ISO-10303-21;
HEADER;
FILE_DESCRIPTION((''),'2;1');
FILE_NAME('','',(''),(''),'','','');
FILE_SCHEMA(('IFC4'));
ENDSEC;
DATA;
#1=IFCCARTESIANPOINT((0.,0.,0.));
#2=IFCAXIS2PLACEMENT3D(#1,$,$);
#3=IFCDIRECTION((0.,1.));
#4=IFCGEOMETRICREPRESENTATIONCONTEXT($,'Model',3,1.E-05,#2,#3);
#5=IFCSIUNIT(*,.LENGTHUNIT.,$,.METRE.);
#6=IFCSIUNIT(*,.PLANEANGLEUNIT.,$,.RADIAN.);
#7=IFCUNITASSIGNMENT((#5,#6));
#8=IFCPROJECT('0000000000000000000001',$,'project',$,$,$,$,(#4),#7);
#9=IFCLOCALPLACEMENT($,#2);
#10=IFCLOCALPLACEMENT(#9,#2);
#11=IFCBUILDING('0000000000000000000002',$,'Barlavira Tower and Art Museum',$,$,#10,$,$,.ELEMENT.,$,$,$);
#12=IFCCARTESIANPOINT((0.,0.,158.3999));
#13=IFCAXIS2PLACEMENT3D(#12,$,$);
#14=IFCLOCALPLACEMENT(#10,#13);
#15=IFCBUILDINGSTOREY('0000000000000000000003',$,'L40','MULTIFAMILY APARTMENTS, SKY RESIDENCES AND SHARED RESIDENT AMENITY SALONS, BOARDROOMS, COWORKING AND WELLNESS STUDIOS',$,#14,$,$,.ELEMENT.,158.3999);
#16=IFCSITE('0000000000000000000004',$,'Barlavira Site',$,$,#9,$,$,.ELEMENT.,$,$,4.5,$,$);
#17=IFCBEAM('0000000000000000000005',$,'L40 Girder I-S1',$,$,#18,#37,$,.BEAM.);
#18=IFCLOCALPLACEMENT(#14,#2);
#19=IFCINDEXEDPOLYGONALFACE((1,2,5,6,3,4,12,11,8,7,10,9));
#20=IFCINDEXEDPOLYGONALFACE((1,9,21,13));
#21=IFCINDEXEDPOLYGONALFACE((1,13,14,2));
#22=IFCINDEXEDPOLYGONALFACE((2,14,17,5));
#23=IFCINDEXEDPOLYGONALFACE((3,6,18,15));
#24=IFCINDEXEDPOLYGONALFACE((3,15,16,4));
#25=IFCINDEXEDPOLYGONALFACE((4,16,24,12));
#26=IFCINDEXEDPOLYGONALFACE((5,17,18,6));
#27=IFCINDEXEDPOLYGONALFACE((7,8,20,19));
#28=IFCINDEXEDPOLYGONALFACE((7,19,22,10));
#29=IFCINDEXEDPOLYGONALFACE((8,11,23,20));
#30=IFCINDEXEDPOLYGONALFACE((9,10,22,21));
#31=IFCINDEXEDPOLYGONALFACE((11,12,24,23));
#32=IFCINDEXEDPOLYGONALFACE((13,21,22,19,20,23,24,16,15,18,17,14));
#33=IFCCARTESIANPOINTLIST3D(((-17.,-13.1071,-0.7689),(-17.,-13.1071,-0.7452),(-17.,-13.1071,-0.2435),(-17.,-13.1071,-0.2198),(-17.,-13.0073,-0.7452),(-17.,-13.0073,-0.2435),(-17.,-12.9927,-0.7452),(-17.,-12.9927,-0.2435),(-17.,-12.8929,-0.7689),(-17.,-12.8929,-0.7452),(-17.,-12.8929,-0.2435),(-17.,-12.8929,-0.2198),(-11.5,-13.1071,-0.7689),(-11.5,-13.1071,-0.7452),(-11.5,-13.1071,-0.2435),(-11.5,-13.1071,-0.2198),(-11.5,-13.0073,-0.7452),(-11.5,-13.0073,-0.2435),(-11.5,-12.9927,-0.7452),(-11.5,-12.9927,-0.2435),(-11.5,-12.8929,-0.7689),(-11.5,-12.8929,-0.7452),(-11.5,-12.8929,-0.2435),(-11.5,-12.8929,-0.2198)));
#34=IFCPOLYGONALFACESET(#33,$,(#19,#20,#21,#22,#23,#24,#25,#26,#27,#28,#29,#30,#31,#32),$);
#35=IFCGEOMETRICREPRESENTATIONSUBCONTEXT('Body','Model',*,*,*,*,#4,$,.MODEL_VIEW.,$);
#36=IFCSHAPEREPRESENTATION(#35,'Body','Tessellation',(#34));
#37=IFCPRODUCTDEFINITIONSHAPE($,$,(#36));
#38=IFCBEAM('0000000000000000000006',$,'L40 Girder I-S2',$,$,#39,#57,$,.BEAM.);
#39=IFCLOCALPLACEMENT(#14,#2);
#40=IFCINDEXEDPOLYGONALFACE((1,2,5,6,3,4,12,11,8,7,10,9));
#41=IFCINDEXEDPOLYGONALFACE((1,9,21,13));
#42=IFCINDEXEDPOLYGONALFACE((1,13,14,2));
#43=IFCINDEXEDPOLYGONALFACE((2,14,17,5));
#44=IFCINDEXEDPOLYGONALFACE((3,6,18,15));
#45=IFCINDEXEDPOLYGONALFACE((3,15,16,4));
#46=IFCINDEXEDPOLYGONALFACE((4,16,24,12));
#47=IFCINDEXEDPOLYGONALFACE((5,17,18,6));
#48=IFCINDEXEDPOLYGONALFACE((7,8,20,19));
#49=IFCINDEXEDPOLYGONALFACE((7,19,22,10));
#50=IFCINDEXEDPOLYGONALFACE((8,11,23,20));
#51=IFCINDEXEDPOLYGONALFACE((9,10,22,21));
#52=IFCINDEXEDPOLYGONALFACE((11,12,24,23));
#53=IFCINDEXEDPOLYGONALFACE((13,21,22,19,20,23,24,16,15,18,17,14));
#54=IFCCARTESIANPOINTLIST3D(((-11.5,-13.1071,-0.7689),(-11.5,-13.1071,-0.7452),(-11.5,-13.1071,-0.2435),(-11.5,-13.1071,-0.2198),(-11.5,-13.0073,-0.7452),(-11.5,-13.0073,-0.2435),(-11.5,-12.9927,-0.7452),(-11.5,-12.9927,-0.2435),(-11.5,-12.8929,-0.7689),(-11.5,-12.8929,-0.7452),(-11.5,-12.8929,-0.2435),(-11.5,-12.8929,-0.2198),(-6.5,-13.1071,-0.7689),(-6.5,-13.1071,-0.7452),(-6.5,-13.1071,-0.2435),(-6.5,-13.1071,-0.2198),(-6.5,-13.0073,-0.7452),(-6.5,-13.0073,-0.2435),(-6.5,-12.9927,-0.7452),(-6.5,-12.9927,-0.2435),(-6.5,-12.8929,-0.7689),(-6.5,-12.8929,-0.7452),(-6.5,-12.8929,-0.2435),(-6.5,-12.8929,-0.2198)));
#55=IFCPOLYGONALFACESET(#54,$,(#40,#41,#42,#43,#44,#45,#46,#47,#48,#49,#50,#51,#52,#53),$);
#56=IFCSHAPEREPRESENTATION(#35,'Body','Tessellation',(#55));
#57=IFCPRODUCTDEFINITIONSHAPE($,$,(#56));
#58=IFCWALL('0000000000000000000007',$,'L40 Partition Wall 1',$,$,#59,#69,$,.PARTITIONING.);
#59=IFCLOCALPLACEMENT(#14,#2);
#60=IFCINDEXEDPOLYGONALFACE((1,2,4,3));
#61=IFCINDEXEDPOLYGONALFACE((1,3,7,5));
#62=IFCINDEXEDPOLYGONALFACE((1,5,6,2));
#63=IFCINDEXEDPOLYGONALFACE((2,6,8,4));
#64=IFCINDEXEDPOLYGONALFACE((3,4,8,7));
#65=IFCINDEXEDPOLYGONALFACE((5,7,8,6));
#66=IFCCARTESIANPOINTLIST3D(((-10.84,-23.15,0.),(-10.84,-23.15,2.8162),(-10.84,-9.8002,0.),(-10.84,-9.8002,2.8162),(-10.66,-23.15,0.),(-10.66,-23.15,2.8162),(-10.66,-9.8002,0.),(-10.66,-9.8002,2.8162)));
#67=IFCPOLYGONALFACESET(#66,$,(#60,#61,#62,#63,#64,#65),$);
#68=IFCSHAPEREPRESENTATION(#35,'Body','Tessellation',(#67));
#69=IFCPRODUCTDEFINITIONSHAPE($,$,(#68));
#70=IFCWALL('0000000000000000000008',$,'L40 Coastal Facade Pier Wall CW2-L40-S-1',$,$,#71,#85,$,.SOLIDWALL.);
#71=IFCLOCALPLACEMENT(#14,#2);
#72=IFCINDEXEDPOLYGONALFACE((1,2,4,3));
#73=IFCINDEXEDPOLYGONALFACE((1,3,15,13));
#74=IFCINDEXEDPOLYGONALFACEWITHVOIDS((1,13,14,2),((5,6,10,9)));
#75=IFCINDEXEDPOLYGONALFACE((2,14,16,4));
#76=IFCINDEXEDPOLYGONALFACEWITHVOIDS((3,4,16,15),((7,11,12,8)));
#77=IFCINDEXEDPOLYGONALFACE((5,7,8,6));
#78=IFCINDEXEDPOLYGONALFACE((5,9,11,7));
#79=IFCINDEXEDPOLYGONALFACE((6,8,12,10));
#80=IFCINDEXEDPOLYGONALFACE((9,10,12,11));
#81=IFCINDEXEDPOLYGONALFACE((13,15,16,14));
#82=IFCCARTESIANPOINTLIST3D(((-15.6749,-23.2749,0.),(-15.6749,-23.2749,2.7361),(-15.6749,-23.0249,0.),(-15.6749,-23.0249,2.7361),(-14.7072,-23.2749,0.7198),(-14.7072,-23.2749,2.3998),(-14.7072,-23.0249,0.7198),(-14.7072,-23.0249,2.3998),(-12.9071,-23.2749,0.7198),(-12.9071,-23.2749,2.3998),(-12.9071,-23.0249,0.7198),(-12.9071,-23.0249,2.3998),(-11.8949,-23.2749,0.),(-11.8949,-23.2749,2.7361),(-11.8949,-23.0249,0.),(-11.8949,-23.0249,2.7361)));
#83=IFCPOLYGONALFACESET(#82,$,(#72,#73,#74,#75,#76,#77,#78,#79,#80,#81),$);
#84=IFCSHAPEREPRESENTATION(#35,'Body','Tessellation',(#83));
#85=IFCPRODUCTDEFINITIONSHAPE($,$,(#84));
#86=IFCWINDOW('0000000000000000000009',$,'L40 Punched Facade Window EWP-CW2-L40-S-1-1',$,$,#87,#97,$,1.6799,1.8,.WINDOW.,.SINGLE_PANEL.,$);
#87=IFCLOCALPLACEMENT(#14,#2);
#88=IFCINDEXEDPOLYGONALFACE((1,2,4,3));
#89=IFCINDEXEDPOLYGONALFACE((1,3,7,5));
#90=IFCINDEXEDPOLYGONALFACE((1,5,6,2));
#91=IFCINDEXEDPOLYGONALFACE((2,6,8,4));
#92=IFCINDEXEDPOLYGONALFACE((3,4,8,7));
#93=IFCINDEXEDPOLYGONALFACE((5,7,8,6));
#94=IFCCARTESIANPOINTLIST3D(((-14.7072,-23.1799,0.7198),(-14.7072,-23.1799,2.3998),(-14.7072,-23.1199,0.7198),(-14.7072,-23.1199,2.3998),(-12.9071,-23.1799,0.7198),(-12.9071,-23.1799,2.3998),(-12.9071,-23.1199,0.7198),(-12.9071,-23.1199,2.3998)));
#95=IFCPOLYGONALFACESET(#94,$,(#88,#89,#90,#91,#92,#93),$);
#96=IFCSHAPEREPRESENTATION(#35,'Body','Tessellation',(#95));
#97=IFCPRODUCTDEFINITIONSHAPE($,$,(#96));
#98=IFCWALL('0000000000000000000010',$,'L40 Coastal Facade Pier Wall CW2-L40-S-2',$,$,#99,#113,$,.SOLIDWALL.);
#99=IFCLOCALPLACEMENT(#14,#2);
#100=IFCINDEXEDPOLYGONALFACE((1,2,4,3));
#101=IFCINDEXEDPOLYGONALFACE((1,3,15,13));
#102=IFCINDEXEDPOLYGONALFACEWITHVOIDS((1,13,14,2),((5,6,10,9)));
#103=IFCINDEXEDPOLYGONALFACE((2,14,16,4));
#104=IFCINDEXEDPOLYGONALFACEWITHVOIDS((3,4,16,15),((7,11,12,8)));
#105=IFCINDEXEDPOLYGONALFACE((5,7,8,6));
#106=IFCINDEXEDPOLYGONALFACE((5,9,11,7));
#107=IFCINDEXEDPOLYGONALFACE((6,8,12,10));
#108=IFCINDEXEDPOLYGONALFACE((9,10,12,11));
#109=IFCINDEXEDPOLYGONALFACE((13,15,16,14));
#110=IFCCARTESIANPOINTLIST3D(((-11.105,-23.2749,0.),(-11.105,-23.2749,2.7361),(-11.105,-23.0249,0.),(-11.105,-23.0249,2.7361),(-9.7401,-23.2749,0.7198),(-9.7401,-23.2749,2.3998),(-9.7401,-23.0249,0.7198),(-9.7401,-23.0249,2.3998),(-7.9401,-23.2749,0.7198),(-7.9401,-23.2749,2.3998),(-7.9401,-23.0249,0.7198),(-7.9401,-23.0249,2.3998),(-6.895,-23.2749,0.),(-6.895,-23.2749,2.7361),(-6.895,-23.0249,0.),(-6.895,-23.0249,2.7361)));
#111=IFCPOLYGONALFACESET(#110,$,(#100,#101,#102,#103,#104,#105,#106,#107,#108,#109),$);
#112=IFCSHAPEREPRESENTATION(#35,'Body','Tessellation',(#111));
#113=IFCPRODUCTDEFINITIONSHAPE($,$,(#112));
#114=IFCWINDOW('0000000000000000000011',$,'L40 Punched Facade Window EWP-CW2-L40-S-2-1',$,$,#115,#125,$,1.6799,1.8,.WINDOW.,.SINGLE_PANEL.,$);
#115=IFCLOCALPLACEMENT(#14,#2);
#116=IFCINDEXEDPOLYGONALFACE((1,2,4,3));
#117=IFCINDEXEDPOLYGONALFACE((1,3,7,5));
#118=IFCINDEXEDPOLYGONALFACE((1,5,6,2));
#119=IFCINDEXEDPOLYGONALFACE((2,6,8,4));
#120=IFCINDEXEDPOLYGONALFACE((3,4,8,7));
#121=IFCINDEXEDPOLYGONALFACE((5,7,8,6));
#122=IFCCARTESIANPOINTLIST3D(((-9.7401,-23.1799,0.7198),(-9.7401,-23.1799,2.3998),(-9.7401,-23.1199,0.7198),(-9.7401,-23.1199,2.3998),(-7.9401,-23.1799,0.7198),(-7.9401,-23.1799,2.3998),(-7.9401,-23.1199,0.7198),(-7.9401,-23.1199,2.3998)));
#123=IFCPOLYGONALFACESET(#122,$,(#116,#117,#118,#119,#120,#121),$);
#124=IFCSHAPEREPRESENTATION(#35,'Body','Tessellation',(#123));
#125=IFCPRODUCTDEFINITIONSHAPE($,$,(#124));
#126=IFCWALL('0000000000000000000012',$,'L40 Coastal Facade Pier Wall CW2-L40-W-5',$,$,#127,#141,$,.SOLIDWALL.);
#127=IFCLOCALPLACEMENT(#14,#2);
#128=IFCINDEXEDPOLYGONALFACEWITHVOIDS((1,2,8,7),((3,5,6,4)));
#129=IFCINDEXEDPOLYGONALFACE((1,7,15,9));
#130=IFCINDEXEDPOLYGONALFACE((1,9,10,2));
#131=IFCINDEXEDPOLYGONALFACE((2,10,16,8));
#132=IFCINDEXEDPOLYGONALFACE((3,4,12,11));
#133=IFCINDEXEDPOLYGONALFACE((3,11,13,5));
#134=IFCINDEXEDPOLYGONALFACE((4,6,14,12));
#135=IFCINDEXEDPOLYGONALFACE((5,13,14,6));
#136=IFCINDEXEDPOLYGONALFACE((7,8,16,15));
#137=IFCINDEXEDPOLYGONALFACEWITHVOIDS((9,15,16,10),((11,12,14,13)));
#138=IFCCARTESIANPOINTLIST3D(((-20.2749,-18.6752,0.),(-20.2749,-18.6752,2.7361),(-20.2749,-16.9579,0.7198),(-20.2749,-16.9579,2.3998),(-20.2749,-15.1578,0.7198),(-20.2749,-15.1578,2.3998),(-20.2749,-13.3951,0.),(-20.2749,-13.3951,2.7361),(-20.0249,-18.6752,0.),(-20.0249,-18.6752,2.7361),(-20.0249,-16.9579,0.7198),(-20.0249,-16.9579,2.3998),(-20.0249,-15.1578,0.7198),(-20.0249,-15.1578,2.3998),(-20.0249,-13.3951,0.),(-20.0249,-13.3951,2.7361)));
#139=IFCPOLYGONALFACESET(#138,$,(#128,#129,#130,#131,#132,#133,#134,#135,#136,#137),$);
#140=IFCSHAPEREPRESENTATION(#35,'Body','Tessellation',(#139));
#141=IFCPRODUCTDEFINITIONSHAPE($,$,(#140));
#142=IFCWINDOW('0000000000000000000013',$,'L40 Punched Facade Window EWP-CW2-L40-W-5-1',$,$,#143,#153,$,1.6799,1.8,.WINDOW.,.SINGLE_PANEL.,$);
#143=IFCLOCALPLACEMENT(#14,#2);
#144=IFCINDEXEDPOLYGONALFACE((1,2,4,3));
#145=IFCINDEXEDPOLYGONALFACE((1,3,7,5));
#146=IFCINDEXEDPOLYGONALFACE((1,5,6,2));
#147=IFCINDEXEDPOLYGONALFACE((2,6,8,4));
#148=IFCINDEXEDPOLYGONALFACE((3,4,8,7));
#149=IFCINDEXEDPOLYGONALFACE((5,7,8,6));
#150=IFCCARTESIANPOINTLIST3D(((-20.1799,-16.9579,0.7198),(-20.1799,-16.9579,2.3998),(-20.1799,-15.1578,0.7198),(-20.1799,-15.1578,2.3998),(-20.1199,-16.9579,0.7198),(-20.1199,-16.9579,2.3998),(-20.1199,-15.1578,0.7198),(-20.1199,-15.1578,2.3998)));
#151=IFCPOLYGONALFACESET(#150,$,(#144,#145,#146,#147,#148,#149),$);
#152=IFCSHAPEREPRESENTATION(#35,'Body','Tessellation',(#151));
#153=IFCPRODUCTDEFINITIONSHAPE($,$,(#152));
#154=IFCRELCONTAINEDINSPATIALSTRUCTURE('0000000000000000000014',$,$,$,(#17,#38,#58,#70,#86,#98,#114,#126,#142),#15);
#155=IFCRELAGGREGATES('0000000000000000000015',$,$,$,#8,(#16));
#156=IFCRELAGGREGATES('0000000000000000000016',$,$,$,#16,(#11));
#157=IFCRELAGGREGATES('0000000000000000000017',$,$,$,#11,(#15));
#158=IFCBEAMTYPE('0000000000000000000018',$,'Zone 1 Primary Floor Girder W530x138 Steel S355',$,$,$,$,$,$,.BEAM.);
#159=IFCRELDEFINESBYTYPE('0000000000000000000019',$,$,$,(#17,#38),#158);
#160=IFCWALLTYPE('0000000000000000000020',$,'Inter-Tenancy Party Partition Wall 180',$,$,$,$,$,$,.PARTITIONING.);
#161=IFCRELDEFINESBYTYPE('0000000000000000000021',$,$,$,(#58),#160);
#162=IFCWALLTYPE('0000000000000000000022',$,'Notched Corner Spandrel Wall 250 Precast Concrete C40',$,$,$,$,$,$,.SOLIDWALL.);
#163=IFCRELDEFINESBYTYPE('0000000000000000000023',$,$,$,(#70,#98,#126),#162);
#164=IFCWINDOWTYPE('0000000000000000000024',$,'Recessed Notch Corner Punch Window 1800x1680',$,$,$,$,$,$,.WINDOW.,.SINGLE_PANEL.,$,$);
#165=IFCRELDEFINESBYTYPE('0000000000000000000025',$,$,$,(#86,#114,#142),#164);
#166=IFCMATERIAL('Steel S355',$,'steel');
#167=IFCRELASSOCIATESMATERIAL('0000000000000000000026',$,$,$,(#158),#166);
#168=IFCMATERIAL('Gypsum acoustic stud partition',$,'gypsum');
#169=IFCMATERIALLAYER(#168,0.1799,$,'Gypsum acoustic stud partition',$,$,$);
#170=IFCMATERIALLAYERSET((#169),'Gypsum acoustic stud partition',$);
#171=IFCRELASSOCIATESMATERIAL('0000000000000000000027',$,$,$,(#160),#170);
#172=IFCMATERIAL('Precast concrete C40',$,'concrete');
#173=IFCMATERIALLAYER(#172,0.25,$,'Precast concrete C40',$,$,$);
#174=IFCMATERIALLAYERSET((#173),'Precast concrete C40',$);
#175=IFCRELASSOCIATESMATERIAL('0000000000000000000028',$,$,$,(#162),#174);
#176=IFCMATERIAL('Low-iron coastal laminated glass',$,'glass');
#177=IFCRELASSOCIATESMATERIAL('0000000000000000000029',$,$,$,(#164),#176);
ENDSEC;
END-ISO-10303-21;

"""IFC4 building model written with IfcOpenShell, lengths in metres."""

from ifc_helpers import new_model, si_unit, direction, frame, frame_2d, origin, origin_2d, place, context, subcontext, project, spatial, rectangle, i_section, extrude, material, layer, layer_set, material_profile, profile_set, type_object, element, fill, save


model = new_model("IFC4")

# Units and contexts
model_context = context("Model", 3, precision=1e-05, world=origin(), true_north=direction((0.0, 1.0)))
body_context = subcontext(model_context, "Body", "Model", "MODEL_VIEW")
ifc_project = project(units=[si_unit("LENGTHUNIT", "METRE"), si_unit("PLANEANGLEUNIT", "RADIAN")], contexts=[model_context])

# Site, building, storey
site_placement = place(None, origin())
site = spatial("IfcSite", under=ifc_project, at=site_placement, Name="Barlavira Site", CompositionType="ELEMENT", RefElevation=4.5)
building_placement = place(site_placement, origin())
building = spatial("IfcBuilding", under=site, at=building_placement, Name="Barlavira Tower and Art Museum", CompositionType="ELEMENT")
storey_placement = place(building_placement, frame((0.0, 0.0, 158.3999)))
storey = spatial("IfcBuildingStorey", under=building, at=storey_placement, Name="L40", Description="MULTIFAMILY APARTMENTS, SKY RESIDENCES AND SHARED RESIDENT AMENITY SALONS, BOARDROOMS, COWORKING AND WELLNESS STUDIOS", CompositionType="ELEMENT", Elevation=158.3999)

# Beams
ifc_material_1 = material(Name="Steel S355", Category="steel")
ifc_material_profile_1 = material_profile(ifc_material_1, i_section(OverallWidth=0.2141, OverallDepth=0.5491, WebThickness=0.0146, FlangeThickness=0.0237, at=origin_2d()), Name="W530x138.0")
ifc_profile_set_1 = profile_set([ifc_material_profile_1], Name="Steel S355")
beam_type_1 = type_object("IfcBeamType", Name="Zone 1 Primary Floor Girder W530x138 Steel S355", PredefinedType="BEAM", material=ifc_profile_set_1)
for number, where, z_axis, x_axis, name in (
    (1, (-17.0, -13.0, -0.4944), (1.0, 0.0, 0.0), (0.0, 1.0, 0.0), "L40 Girder I-S1"),
):
    element("IfcBeam", number, at=place(storey_placement, frame(where, z_axis=z_axis, x_axis=x_axis)), inside=storey, type_object=beam_type_1, Name=name, PredefinedType="BEAM", context=body_context, shape_type="SweptSolid", body=[
        extrude(i_section(OverallWidth=0.2141, OverallDepth=0.5491, WebThickness=0.0146, FlangeThickness=0.0237, at=origin_2d()), origin(), (0.0, 0.0, 1.0), 5.5),
    ])
beam_1_placement = place(storey_placement, frame((-11.5, -13.0, -0.4944), z_axis=(1.0, 0.0, 0.0), x_axis=(0.0, 1.0, 0.0)))
element("IfcBeam", 2, at=beam_1_placement, inside=storey, type_object=beam_type_1, Name="L40 Girder I-S2", PredefinedType="BEAM", context=body_context, shape_type="SweptSolid", body=[
    extrude(i_section(OverallWidth=0.2141, OverallDepth=0.5491, WebThickness=0.0146, FlangeThickness=0.0237, at=origin_2d()), origin(), (0.0, 0.0, 1.0), 5.0),
])

# Wall
ifc_material_2 = material(Name="Gypsum acoustic stud partition", Category="gypsum")
ifc_layer_1 = layer(ifc_material_2, 0.1799, Name="Gypsum acoustic stud partition")
ifc_layer_set_1 = layer_set([ifc_layer_1], Name="Gypsum acoustic stud partition")
wall_type_1 = type_object("IfcWallType", Name="Inter-Tenancy Party Partition Wall 180", PredefinedType="PARTITIONING", material=ifc_layer_set_1)
wall_1_placement = place(storey_placement, frame((-10.75, -23.1499, 0.0), z_axis=(0.0, 0.0, 1.0), x_axis=(0.0, 1.0, 0.0)))
element("IfcWall", 3, at=wall_1_placement, inside=storey, type_object=wall_type_1, Name="L40 Partition Wall 1", PredefinedType="PARTITIONING", context=body_context, shape_type="SweptSolid", body=[
    extrude(rectangle(XDim=13.3499, YDim=0.1799, at=frame_2d((6.6748, 0.0))), origin(), (0.0, 0.0, 1.0), 2.8162),
])

# Walls, openings, windows
ifc_material_3 = material(Name="Precast concrete C40", Category="concrete")
ifc_layer_2 = layer(ifc_material_3, 0.25, Name="Precast concrete C40")
ifc_layer_set_2 = layer_set([ifc_layer_2], Name="Precast concrete C40")
wall_type_2 = type_object("IfcWallType", Name="Notched Corner Spandrel Wall 250 Precast Concrete C40", PredefinedType="SOLIDWALL", material=ifc_layer_set_2)
wall_2_placement = place(storey_placement, frame((-15.675, -23.1499, 0.0), z_axis=(0.0, 0.0, 1.0), x_axis=(1.0, 0.0, 0.0)))
wall_2 = element("IfcWall", 4, at=wall_2_placement, inside=storey, type_object=wall_type_2, Name="L40 Coastal Facade Pier Wall CW2-L40-S-1", PredefinedType="SOLIDWALL", context=body_context, shape_type="SweptSolid", body=[
    extrude(rectangle(XDim=3.78, YDim=0.25, at=frame_2d((1.8901, 0.0))), origin(), (0.0, 0.0, 1.0), 2.7361),
])
opening_1_placement = place(wall_2_placement, frame((0.968, 0.0, 0.72)))
opening_1 = element("IfcOpeningElement", 5, at=opening_1_placement, cuts=wall_2, PredefinedType="OPENING", context=body_context, shape_type="SweptSolid", body=[
    extrude(rectangle(XDim=1.8, YDim=1.6799, at=frame_2d((0.8999, 0.8398))), frame((0.0, 0.135, 0.0), z_axis=(0.0, -1.0, 0.0), x_axis=(1.0, 0.0, 0.0)), (0.0, 0.0, 1.0), 0.27),
])
ifc_material_4 = material(Name="Low-iron coastal laminated glass", Category="glass")
window_type = type_object("IfcWindowType", Name="Recessed Notch Corner Punch Window 1800x1680", PartitioningType="SINGLE_PANEL", PredefinedType="WINDOW", material=ifc_material_4)
window_1_placement = place(opening_1_placement, origin())
window_1 = element("IfcWindow", 6, at=window_1_placement, inside=storey, type_object=window_type, Name="L40 Punched Facade Window EWP-CW2-L40-S-1-1", OverallHeight=1.6799, OverallWidth=1.8, PartitioningType="SINGLE_PANEL", PredefinedType="WINDOW", context=body_context, shape_type="SweptSolid", body=[
    extrude(rectangle(XDim=1.8, YDim=1.6799, at=frame_2d((0.8999, 0.8398))), frame((0.0, 0.03, 0.0), z_axis=(0.0, -1.0, 0.0), x_axis=(1.0, 0.0, 0.0)), (0.0, 0.0, 1.0), 0.0601),
])
fill(opening_1, window_1)
wall_3_placement = place(storey_placement, frame((-11.105, -23.1499, 0.0), z_axis=(0.0, 0.0, 1.0), x_axis=(1.0, 0.0, 0.0)))
wall_3 = element("IfcWall", 7, at=wall_3_placement, inside=storey, type_object=wall_type_2, Name="L40 Coastal Facade Pier Wall CW2-L40-S-2", PredefinedType="SOLIDWALL", context=body_context, shape_type="SweptSolid", body=[
    extrude(rectangle(XDim=4.21, YDim=0.25, at=frame_2d((2.105, 0.0))), origin(), (0.0, 0.0, 1.0), 2.7361),
])
opening_2_placement = place(wall_3_placement, frame((1.365, 0.0, 0.72)))
opening_2 = element("IfcOpeningElement", 8, at=opening_2_placement, cuts=wall_3, PredefinedType="OPENING", context=body_context, shape_type="SweptSolid", body=[
    extrude(rectangle(XDim=1.8, YDim=1.6799, at=frame_2d((0.8999, 0.8398))), frame((0.0, 0.135, 0.0), z_axis=(0.0, -1.0, 0.0), x_axis=(1.0, 0.0, 0.0)), (0.0, 0.0, 1.0), 0.27),
])
window_2_placement = place(opening_2_placement, origin())
window_2 = element("IfcWindow", 9, at=window_2_placement, inside=storey, type_object=window_type, Name="L40 Punched Facade Window EWP-CW2-L40-S-2-1", OverallHeight=1.6799, OverallWidth=1.8, PartitioningType="SINGLE_PANEL", PredefinedType="WINDOW", context=body_context, shape_type="SweptSolid", body=[
    extrude(rectangle(XDim=1.8, YDim=1.6799, at=frame_2d((0.8999, 0.8398))), frame((0.0, 0.03, 0.0), z_axis=(0.0, -1.0, 0.0), x_axis=(1.0, 0.0, 0.0)), (0.0, 0.0, 1.0), 0.0601),
])
fill(opening_2, window_2)
wall_4_placement = place(storey_placement, frame((-20.1499, -13.395, 0.0), z_axis=(0.0, 0.0, 1.0), x_axis=(0.0, -1.0, 0.0)))
wall_4 = element("IfcWall", 10, at=wall_4_placement, inside=storey, type_object=wall_type_2, Name="L40 Coastal Facade Pier Wall CW2-L40-W-5", PredefinedType="SOLIDWALL", context=body_context, shape_type="SweptSolid", body=[
    extrude(rectangle(XDim=5.28, YDim=0.25, at=frame_2d((2.6401, 0.0))), origin(), (0.0, 0.0, 1.0), 2.7361),
])
opening_3_placement = place(wall_4_placement, frame((1.7629, 0.0, 0.72)))
opening_3 = element("IfcOpeningElement", 11, at=opening_3_placement, cuts=wall_4, PredefinedType="OPENING", context=body_context, shape_type="SweptSolid", body=[
    extrude(rectangle(XDim=1.8, YDim=1.6799, at=frame_2d((0.8999, 0.8398))), frame((0.0, 0.135, 0.0), z_axis=(0.0, -1.0, 0.0), x_axis=(1.0, 0.0, 0.0)), (0.0, 0.0, 1.0), 0.27),
])
window_3_placement = place(opening_3_placement, origin())
window_3 = element("IfcWindow", 12, at=window_3_placement, inside=storey, type_object=window_type, Name="L40 Punched Facade Window EWP-CW2-L40-W-5-1", OverallHeight=1.6799, OverallWidth=1.8, PartitioningType="SINGLE_PANEL", PredefinedType="WINDOW", context=body_context, shape_type="SweptSolid", body=[
    extrude(rectangle(XDim=1.8, YDim=1.6799, at=frame_2d((0.8999, 0.8398))), frame((0.0, 0.03, 0.0), z_axis=(0.0, -1.0, 0.0), x_axis=(1.0, 0.0, 0.0)), (0.0, 0.0, 1.0), 0.0601),
])
fill(opening_3, window_3)

save(model, "model.ifc")
